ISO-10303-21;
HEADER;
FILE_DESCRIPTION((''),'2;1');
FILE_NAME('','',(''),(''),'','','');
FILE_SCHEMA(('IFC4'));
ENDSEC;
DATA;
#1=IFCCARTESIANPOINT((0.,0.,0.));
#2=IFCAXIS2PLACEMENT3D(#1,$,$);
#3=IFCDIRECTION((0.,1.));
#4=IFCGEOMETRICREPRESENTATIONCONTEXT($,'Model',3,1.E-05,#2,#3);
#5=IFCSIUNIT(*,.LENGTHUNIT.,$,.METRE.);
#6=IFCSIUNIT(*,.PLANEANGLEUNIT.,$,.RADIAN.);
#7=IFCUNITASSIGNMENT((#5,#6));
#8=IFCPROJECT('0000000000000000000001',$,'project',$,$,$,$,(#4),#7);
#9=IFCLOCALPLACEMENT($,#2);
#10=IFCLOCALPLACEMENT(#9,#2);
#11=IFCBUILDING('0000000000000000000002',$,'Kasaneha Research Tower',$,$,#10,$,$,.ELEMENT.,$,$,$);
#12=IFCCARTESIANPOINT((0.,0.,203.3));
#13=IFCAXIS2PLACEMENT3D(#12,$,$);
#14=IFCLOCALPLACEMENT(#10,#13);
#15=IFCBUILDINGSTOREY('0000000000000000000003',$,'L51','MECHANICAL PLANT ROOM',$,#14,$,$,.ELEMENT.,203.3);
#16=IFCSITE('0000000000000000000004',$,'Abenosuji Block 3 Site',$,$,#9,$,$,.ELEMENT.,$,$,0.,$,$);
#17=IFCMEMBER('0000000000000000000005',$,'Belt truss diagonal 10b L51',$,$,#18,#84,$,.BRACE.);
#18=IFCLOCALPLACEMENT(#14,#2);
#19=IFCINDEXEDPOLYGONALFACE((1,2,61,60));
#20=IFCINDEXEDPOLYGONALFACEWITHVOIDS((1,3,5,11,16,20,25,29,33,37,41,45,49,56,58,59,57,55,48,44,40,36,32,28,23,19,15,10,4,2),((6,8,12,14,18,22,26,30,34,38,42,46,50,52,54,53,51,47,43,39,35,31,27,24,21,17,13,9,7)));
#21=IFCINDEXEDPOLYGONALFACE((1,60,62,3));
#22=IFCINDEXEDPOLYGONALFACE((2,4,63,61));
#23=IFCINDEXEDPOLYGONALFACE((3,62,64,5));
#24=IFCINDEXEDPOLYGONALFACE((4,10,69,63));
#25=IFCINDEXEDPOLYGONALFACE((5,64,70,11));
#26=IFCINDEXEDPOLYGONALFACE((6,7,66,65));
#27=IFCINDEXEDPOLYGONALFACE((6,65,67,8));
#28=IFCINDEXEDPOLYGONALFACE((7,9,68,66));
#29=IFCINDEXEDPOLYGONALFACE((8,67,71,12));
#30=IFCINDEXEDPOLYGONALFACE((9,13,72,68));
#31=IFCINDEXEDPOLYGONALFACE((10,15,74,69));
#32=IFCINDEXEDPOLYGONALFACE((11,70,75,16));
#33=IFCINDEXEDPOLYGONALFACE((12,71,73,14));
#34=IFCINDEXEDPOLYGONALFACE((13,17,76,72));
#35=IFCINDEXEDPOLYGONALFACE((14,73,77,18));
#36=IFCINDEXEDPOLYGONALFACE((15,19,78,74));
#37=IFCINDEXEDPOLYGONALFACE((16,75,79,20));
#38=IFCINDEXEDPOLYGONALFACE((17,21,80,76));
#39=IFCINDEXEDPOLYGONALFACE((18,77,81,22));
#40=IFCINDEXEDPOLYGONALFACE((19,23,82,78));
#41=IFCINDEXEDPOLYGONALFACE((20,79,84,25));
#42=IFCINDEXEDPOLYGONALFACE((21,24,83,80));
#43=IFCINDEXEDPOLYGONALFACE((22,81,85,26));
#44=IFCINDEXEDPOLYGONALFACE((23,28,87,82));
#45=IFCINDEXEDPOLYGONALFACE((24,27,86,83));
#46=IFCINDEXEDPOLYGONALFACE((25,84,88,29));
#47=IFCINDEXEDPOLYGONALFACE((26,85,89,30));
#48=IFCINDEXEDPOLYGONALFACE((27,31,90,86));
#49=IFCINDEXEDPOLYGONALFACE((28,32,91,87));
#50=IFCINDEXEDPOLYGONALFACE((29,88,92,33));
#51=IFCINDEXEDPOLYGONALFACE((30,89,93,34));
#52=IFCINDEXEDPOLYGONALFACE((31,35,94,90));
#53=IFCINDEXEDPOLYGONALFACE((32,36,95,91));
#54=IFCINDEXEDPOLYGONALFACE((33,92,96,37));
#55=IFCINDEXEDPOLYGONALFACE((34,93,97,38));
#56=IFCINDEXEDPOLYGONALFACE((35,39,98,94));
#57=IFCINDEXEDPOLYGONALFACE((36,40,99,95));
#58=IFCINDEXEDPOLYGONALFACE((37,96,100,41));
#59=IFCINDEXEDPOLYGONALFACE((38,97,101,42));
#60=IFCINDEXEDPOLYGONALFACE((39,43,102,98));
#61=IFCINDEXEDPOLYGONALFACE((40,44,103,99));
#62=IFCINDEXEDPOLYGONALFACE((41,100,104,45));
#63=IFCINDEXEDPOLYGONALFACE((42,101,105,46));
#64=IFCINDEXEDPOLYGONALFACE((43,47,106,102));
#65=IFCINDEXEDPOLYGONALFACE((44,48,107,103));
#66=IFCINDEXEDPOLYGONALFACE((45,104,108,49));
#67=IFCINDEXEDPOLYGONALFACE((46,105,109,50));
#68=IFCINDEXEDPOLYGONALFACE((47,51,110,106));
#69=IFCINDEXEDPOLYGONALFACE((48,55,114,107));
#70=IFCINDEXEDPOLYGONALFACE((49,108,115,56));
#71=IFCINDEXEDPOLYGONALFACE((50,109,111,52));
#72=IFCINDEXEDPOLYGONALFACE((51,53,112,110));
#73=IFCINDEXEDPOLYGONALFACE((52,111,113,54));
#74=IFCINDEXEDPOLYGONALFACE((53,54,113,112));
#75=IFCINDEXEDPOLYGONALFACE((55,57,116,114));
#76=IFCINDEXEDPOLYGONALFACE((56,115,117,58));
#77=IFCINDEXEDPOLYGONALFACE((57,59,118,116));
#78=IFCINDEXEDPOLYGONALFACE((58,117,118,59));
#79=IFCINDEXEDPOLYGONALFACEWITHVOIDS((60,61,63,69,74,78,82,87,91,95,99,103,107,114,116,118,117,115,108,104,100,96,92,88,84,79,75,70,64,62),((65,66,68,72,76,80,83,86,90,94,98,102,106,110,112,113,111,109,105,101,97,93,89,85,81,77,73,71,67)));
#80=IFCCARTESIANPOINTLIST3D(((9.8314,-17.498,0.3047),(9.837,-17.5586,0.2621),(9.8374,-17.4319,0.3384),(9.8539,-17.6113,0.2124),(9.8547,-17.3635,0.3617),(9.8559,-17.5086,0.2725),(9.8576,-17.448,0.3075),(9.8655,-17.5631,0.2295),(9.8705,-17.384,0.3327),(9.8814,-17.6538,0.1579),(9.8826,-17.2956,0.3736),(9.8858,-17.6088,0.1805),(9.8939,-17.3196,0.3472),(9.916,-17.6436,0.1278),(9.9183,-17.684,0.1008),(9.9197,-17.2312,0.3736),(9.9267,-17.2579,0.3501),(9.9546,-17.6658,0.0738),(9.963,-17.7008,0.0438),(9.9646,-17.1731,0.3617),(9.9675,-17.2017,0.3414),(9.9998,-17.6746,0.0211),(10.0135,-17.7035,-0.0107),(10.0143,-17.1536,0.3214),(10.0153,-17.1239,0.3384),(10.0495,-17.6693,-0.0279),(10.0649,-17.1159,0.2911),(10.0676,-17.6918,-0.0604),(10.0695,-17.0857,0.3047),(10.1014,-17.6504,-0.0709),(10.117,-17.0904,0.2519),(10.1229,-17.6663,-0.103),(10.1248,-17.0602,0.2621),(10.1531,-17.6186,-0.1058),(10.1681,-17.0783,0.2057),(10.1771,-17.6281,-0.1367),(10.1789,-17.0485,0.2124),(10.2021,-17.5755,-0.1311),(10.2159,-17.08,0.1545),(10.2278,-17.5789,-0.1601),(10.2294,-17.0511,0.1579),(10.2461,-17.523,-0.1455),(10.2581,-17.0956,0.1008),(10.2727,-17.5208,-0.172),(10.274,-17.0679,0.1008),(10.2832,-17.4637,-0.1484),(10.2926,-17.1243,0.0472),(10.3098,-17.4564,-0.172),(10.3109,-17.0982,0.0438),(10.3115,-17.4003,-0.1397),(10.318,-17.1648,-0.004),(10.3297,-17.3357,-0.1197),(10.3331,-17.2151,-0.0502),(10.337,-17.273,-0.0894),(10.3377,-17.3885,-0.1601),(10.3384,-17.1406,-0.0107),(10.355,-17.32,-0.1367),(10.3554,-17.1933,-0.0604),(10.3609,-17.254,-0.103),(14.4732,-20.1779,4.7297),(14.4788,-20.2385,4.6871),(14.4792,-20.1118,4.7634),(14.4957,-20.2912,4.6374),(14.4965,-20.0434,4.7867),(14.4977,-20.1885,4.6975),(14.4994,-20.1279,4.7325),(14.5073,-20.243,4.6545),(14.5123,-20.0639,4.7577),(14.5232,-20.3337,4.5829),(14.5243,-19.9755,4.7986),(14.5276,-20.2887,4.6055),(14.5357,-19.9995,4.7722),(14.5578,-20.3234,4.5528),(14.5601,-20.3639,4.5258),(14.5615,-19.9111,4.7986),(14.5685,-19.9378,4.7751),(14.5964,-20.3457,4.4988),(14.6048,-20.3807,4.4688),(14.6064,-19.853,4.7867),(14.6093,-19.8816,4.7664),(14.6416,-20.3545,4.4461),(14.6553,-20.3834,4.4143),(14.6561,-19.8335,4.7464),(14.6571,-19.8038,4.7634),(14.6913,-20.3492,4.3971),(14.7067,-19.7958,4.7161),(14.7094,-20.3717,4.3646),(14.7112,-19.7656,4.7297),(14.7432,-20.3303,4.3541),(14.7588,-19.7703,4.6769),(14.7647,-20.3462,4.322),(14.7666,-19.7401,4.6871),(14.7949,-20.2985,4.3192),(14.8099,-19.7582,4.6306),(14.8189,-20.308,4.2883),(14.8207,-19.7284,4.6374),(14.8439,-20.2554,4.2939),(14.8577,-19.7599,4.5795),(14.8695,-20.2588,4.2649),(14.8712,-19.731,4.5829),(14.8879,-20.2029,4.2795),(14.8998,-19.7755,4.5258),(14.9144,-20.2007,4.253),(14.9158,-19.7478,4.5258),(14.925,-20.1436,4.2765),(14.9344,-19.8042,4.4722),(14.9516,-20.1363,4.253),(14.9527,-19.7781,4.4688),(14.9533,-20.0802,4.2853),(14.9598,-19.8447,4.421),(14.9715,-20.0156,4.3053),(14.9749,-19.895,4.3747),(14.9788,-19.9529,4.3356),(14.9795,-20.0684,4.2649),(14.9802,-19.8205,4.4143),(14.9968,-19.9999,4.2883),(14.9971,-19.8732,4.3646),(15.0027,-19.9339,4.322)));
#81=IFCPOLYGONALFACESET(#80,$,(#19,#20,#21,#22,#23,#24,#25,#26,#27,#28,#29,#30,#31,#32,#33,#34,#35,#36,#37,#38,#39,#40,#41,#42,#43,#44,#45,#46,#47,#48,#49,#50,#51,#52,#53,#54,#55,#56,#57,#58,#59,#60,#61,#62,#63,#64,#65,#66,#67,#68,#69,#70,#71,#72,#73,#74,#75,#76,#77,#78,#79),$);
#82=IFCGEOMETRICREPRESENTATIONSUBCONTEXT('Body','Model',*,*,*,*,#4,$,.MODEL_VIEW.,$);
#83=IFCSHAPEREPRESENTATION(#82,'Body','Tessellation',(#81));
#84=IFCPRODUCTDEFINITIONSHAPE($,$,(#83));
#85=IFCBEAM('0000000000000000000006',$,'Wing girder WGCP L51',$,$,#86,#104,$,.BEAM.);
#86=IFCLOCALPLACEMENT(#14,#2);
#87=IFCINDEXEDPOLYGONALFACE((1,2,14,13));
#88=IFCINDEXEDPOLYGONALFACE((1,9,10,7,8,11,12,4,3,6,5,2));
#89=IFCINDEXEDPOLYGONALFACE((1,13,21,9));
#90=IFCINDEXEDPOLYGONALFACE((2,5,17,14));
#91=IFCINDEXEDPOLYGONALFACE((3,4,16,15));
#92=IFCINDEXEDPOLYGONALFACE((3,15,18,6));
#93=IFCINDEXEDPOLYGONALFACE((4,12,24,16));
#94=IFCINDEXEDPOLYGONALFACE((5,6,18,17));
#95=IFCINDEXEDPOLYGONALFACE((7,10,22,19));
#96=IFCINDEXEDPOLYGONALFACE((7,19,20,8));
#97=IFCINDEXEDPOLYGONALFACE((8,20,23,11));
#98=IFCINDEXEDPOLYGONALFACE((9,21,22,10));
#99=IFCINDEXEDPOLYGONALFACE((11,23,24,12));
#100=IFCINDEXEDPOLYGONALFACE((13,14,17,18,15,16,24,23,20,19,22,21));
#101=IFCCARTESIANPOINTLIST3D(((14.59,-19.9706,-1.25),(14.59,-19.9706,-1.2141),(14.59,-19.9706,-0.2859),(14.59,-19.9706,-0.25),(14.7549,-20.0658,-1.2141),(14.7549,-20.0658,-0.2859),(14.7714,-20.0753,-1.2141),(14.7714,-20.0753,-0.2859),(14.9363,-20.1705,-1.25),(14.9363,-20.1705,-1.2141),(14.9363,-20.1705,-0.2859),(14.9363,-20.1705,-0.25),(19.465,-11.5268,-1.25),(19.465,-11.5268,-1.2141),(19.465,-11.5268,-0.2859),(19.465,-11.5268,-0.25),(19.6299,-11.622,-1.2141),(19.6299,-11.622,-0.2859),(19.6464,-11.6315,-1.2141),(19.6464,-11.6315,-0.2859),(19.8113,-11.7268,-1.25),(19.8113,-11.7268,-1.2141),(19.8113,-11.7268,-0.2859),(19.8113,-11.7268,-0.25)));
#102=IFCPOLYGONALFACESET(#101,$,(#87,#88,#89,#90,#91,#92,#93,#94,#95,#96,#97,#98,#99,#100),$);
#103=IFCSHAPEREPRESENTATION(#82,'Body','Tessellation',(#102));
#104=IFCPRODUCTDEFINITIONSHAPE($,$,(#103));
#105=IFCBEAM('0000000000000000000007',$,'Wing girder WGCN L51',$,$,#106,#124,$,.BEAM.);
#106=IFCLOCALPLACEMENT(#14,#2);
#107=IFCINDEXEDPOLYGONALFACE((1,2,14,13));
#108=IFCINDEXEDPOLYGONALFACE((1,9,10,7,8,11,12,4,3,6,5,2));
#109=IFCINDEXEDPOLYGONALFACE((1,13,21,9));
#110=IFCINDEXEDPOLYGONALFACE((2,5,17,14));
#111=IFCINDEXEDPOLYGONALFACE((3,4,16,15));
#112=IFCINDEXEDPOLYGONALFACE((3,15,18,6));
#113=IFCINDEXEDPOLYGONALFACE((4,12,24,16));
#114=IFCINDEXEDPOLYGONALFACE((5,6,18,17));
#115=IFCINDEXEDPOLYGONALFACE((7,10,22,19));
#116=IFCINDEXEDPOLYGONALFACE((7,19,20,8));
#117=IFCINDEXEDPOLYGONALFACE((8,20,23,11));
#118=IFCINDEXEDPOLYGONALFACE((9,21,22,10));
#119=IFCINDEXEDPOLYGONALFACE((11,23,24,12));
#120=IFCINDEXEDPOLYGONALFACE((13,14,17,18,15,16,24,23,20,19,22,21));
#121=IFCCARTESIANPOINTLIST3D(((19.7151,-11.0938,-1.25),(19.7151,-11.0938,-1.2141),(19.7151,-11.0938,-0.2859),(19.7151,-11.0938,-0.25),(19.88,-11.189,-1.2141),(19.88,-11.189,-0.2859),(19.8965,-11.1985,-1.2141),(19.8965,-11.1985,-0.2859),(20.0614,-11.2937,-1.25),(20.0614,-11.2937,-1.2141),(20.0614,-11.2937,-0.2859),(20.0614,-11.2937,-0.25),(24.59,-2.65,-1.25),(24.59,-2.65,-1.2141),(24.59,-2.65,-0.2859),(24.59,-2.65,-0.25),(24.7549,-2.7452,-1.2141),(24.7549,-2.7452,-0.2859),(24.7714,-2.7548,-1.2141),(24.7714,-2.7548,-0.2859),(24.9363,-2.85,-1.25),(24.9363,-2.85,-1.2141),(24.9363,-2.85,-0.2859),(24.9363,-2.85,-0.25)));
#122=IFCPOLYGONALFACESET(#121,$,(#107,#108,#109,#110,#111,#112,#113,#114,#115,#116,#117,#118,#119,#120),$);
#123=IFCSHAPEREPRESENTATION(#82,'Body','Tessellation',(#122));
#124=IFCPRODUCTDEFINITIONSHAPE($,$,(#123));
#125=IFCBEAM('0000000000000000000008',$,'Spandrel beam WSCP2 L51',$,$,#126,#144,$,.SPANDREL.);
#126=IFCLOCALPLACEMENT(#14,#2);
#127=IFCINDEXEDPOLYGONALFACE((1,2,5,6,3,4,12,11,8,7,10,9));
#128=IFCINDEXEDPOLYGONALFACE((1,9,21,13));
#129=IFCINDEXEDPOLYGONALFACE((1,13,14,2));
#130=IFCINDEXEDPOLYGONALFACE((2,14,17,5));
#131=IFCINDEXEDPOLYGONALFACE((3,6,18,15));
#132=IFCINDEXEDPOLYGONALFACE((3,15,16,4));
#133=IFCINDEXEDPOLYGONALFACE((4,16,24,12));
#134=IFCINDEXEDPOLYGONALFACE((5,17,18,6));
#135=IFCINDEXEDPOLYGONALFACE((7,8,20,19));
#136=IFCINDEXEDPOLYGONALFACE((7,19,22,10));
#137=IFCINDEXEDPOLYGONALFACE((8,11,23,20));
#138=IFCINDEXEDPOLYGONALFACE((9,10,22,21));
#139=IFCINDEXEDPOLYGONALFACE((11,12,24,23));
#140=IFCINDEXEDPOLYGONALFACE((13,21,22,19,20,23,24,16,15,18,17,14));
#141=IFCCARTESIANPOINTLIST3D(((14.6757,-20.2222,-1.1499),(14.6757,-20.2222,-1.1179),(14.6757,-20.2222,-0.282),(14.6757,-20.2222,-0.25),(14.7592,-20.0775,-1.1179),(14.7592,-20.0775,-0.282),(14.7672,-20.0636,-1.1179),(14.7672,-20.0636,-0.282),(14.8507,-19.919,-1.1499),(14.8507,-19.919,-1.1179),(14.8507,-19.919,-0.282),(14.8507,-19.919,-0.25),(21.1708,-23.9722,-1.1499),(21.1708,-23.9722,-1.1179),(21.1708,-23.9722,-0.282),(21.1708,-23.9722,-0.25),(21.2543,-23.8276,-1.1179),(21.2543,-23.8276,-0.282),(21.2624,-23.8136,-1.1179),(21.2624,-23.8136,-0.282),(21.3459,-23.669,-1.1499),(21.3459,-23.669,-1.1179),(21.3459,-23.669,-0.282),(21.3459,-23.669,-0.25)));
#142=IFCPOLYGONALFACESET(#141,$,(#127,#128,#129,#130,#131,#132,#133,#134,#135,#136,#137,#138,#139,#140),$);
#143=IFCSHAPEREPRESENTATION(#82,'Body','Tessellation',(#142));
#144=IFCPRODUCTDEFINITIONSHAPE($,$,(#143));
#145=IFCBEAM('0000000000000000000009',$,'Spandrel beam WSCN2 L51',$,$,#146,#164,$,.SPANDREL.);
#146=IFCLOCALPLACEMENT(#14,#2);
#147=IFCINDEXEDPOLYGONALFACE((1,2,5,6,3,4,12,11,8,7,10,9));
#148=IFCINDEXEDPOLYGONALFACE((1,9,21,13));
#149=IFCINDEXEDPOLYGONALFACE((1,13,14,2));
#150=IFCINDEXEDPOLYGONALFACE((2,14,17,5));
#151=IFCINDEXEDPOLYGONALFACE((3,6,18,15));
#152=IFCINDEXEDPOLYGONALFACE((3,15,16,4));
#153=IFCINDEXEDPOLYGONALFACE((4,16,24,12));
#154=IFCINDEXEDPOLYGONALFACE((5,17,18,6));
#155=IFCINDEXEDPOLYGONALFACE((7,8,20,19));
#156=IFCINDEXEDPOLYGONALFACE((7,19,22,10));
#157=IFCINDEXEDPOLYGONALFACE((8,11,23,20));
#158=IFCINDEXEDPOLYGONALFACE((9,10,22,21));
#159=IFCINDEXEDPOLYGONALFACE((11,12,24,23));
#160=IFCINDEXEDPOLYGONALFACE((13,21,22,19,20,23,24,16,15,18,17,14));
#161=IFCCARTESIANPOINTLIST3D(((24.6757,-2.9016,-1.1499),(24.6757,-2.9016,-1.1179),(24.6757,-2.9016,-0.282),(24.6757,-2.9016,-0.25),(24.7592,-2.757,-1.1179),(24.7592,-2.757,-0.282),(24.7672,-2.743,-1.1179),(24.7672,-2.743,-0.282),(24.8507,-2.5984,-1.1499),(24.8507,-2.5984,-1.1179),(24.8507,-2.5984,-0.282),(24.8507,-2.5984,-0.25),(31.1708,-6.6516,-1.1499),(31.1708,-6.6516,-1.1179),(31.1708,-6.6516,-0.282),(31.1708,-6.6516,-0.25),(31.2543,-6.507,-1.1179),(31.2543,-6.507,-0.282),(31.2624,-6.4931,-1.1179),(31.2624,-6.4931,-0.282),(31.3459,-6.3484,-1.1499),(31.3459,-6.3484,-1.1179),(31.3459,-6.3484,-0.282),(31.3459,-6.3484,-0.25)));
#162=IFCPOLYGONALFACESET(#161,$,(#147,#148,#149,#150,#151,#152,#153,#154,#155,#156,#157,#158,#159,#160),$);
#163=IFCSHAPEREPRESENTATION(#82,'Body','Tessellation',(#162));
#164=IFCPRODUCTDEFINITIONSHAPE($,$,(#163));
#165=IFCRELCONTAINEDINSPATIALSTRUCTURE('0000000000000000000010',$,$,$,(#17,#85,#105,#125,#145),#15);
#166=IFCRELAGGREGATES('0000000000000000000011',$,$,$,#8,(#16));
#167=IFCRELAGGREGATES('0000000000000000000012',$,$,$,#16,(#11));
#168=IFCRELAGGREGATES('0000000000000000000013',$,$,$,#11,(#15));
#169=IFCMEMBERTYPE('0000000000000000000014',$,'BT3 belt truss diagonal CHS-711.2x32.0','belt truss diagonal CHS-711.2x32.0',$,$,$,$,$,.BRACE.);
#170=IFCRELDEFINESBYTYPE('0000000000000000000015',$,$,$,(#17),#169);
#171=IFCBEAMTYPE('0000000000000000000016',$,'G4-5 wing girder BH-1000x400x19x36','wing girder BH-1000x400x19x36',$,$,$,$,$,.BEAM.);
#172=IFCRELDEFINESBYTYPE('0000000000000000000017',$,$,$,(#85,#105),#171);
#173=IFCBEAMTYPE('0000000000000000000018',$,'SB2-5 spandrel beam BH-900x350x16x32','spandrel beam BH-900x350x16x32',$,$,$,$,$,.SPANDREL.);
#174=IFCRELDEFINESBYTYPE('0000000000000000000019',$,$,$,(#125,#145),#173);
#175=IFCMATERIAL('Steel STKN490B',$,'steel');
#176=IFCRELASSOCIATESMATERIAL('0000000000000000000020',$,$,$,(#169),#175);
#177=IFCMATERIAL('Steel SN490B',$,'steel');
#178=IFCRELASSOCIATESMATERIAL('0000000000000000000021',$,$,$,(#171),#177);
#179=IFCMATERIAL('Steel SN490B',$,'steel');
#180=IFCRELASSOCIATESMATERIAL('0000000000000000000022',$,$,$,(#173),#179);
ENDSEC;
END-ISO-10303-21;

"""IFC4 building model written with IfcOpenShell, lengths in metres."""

from ifc_helpers import new_model, si_unit, direction, frame, origin, origin_2d, place, context, subcontext, project, spatial, hollow_circle, i_section, extrude, material, material_profile, profile_set, type_object, element, save


model = new_model("IFC4")

# Units and contexts
model_context = context("Model", 3, precision=1e-05, world=origin(), true_north=direction((0.0, 1.0)))
body_context = subcontext(model_context, "Body", "Model", "MODEL_VIEW")
ifc_project = project(units=[si_unit("LENGTHUNIT", "METRE"), si_unit("PLANEANGLEUNIT", "RADIAN")], contexts=[model_context])

# Site, building, storey
site_placement = place(None, origin())
site = spatial("IfcSite", under=ifc_project, at=site_placement, Name="Abenosuji Block 3 Site", CompositionType="ELEMENT", RefElevation=0.0)
building_placement = place(site_placement, origin())
building = spatial("IfcBuilding", under=site, at=building_placement, Name="Kasaneha Research Tower", CompositionType="ELEMENT")
storey_placement = place(building_placement, frame((0.0, 0.0, 203.3)))
storey = spatial("IfcBuildingStorey", under=building, at=storey_placement, Name="L51", Description="MECHANICAL PLANT ROOM", CompositionType="ELEMENT", Elevation=203.3)

# Member
ifc_material_1 = material(Name="Steel STKN490B", Category="steel")
ifc_material_profile_1 = material_profile(ifc_material_1, hollow_circle(Radius=0.3557, WallThickness=0.032, at=origin_2d()), Name="CHS-711.2x32.0")
ifc_profile_set_1 = profile_set([ifc_material_profile_1], Name="Steel STKN490B")
member_type = type_object("IfcMemberType", Name="BT3 belt truss diagonal CHS-711.2x32.0", Description="belt truss diagonal CHS-711.2x32.0", PredefinedType="BRACE", material=ifc_profile_set_1)
for number, where, z_axis, x_axis, name in (
    (1, (10.0962, -17.376, 0.1008), (0.667841, -0.385572, 0.636649), (0.499995, 0.866029, 0.0), "Belt truss diagonal 10b L51"),
):
    element("IfcMember", number, at=place(storey_placement, frame(where, z_axis=z_axis, x_axis=x_axis)), inside=storey, type_object=member_type, Name=name, PredefinedType="BRACE", context=body_context, shape_type="SweptSolid", body=[
        extrude(hollow_circle(Radius=0.3557, WallThickness=0.032, at=origin_2d()), origin(), (0.0, 0.0, 1.0), 6.9504),
    ])

# Beams
ifc_material_2 = material(Name="Steel SN490B", Category="steel")
ifc_material_profile_2 = material_profile(ifc_material_2, i_section(OverallWidth=0.3999, OverallDepth=1.0, WebThickness=0.019, FlangeThickness=0.0359, at=origin_2d()), Name="BH-1000x400x19x36")
ifc_profile_set_2 = profile_set([ifc_material_profile_2], Name="Steel SN490B")
beam_type_1 = type_object("IfcBeamType", Name="G4-5 wing girder BH-1000x400x19x36", Description="wing girder BH-1000x400x19x36", PredefinedType="BEAM", material=ifc_profile_set_2)
for number, where, z_axis, x_axis, name in (
    (2, (14.7632, -20.0706, -0.75), (0.499996, 0.866028, 0.0), (-0.866028, 0.499996, 0.0), "Wing girder WGCP L51"),
    (3, (24.7632, -2.75, -0.75), (-0.499996, -0.866028, 0.0), (0.866028, -0.499996, 0.0), "Wing girder WGCN L51"),
):
    element("IfcBeam", number, at=place(storey_placement, frame(where, z_axis=z_axis, x_axis=x_axis)), inside=storey, type_object=beam_type_1, Name=name, PredefinedType="BEAM", context=body_context, shape_type="SweptSolid", body=[
        extrude(i_section(OverallWidth=0.3999, OverallDepth=1.0, WebThickness=0.019, FlangeThickness=0.0359, at=origin_2d()), origin(), (0.0, 0.0, 1.0), 9.75),
    ])
ifc_material_3 = material(Name="Steel SN490B", Category="steel")
ifc_material_profile_3 = material_profile(ifc_material_3, i_section(OverallWidth=0.3501, OverallDepth=0.8999, WebThickness=0.0161, FlangeThickness=0.032, at=origin_2d()), Name="BH-900x350x16x32")
ifc_profile_set_3 = profile_set([ifc_material_profile_3], Name="Steel SN490B")
beam_type_2 = type_object("IfcBeamType", Name="SB2-5 spandrel beam BH-900x350x16x32", Description="spandrel beam BH-900x350x16x32", PredefinedType="SPANDREL", material=ifc_profile_set_3)
for number, where, z_axis, x_axis, name in (
    (4, (14.7632, -20.0706, -0.7), (0.866023, -0.500004, 0.0), (0.500004, 0.866023, 0.0), "Spandrel beam WSCP2 L51"),
    (5, (24.7632, -2.75, -0.7), (0.866023, -0.500004, 0.0), (0.500004, 0.866023, 0.0), "Spandrel beam WSCN2 L51"),
):
    element("IfcBeam", number, at=place(storey_placement, frame(where, z_axis=z_axis, x_axis=x_axis)), inside=storey, type_object=beam_type_2, Name=name, PredefinedType="SPANDREL", context=body_context, shape_type="SweptSolid", body=[
        extrude(i_section(OverallWidth=0.3501, OverallDepth=0.8999, WebThickness=0.0161, FlangeThickness=0.032, at=origin_2d()), origin(), (0.0, 0.0, 1.0), 7.5),
    ])

save(model, "model.ifc")
